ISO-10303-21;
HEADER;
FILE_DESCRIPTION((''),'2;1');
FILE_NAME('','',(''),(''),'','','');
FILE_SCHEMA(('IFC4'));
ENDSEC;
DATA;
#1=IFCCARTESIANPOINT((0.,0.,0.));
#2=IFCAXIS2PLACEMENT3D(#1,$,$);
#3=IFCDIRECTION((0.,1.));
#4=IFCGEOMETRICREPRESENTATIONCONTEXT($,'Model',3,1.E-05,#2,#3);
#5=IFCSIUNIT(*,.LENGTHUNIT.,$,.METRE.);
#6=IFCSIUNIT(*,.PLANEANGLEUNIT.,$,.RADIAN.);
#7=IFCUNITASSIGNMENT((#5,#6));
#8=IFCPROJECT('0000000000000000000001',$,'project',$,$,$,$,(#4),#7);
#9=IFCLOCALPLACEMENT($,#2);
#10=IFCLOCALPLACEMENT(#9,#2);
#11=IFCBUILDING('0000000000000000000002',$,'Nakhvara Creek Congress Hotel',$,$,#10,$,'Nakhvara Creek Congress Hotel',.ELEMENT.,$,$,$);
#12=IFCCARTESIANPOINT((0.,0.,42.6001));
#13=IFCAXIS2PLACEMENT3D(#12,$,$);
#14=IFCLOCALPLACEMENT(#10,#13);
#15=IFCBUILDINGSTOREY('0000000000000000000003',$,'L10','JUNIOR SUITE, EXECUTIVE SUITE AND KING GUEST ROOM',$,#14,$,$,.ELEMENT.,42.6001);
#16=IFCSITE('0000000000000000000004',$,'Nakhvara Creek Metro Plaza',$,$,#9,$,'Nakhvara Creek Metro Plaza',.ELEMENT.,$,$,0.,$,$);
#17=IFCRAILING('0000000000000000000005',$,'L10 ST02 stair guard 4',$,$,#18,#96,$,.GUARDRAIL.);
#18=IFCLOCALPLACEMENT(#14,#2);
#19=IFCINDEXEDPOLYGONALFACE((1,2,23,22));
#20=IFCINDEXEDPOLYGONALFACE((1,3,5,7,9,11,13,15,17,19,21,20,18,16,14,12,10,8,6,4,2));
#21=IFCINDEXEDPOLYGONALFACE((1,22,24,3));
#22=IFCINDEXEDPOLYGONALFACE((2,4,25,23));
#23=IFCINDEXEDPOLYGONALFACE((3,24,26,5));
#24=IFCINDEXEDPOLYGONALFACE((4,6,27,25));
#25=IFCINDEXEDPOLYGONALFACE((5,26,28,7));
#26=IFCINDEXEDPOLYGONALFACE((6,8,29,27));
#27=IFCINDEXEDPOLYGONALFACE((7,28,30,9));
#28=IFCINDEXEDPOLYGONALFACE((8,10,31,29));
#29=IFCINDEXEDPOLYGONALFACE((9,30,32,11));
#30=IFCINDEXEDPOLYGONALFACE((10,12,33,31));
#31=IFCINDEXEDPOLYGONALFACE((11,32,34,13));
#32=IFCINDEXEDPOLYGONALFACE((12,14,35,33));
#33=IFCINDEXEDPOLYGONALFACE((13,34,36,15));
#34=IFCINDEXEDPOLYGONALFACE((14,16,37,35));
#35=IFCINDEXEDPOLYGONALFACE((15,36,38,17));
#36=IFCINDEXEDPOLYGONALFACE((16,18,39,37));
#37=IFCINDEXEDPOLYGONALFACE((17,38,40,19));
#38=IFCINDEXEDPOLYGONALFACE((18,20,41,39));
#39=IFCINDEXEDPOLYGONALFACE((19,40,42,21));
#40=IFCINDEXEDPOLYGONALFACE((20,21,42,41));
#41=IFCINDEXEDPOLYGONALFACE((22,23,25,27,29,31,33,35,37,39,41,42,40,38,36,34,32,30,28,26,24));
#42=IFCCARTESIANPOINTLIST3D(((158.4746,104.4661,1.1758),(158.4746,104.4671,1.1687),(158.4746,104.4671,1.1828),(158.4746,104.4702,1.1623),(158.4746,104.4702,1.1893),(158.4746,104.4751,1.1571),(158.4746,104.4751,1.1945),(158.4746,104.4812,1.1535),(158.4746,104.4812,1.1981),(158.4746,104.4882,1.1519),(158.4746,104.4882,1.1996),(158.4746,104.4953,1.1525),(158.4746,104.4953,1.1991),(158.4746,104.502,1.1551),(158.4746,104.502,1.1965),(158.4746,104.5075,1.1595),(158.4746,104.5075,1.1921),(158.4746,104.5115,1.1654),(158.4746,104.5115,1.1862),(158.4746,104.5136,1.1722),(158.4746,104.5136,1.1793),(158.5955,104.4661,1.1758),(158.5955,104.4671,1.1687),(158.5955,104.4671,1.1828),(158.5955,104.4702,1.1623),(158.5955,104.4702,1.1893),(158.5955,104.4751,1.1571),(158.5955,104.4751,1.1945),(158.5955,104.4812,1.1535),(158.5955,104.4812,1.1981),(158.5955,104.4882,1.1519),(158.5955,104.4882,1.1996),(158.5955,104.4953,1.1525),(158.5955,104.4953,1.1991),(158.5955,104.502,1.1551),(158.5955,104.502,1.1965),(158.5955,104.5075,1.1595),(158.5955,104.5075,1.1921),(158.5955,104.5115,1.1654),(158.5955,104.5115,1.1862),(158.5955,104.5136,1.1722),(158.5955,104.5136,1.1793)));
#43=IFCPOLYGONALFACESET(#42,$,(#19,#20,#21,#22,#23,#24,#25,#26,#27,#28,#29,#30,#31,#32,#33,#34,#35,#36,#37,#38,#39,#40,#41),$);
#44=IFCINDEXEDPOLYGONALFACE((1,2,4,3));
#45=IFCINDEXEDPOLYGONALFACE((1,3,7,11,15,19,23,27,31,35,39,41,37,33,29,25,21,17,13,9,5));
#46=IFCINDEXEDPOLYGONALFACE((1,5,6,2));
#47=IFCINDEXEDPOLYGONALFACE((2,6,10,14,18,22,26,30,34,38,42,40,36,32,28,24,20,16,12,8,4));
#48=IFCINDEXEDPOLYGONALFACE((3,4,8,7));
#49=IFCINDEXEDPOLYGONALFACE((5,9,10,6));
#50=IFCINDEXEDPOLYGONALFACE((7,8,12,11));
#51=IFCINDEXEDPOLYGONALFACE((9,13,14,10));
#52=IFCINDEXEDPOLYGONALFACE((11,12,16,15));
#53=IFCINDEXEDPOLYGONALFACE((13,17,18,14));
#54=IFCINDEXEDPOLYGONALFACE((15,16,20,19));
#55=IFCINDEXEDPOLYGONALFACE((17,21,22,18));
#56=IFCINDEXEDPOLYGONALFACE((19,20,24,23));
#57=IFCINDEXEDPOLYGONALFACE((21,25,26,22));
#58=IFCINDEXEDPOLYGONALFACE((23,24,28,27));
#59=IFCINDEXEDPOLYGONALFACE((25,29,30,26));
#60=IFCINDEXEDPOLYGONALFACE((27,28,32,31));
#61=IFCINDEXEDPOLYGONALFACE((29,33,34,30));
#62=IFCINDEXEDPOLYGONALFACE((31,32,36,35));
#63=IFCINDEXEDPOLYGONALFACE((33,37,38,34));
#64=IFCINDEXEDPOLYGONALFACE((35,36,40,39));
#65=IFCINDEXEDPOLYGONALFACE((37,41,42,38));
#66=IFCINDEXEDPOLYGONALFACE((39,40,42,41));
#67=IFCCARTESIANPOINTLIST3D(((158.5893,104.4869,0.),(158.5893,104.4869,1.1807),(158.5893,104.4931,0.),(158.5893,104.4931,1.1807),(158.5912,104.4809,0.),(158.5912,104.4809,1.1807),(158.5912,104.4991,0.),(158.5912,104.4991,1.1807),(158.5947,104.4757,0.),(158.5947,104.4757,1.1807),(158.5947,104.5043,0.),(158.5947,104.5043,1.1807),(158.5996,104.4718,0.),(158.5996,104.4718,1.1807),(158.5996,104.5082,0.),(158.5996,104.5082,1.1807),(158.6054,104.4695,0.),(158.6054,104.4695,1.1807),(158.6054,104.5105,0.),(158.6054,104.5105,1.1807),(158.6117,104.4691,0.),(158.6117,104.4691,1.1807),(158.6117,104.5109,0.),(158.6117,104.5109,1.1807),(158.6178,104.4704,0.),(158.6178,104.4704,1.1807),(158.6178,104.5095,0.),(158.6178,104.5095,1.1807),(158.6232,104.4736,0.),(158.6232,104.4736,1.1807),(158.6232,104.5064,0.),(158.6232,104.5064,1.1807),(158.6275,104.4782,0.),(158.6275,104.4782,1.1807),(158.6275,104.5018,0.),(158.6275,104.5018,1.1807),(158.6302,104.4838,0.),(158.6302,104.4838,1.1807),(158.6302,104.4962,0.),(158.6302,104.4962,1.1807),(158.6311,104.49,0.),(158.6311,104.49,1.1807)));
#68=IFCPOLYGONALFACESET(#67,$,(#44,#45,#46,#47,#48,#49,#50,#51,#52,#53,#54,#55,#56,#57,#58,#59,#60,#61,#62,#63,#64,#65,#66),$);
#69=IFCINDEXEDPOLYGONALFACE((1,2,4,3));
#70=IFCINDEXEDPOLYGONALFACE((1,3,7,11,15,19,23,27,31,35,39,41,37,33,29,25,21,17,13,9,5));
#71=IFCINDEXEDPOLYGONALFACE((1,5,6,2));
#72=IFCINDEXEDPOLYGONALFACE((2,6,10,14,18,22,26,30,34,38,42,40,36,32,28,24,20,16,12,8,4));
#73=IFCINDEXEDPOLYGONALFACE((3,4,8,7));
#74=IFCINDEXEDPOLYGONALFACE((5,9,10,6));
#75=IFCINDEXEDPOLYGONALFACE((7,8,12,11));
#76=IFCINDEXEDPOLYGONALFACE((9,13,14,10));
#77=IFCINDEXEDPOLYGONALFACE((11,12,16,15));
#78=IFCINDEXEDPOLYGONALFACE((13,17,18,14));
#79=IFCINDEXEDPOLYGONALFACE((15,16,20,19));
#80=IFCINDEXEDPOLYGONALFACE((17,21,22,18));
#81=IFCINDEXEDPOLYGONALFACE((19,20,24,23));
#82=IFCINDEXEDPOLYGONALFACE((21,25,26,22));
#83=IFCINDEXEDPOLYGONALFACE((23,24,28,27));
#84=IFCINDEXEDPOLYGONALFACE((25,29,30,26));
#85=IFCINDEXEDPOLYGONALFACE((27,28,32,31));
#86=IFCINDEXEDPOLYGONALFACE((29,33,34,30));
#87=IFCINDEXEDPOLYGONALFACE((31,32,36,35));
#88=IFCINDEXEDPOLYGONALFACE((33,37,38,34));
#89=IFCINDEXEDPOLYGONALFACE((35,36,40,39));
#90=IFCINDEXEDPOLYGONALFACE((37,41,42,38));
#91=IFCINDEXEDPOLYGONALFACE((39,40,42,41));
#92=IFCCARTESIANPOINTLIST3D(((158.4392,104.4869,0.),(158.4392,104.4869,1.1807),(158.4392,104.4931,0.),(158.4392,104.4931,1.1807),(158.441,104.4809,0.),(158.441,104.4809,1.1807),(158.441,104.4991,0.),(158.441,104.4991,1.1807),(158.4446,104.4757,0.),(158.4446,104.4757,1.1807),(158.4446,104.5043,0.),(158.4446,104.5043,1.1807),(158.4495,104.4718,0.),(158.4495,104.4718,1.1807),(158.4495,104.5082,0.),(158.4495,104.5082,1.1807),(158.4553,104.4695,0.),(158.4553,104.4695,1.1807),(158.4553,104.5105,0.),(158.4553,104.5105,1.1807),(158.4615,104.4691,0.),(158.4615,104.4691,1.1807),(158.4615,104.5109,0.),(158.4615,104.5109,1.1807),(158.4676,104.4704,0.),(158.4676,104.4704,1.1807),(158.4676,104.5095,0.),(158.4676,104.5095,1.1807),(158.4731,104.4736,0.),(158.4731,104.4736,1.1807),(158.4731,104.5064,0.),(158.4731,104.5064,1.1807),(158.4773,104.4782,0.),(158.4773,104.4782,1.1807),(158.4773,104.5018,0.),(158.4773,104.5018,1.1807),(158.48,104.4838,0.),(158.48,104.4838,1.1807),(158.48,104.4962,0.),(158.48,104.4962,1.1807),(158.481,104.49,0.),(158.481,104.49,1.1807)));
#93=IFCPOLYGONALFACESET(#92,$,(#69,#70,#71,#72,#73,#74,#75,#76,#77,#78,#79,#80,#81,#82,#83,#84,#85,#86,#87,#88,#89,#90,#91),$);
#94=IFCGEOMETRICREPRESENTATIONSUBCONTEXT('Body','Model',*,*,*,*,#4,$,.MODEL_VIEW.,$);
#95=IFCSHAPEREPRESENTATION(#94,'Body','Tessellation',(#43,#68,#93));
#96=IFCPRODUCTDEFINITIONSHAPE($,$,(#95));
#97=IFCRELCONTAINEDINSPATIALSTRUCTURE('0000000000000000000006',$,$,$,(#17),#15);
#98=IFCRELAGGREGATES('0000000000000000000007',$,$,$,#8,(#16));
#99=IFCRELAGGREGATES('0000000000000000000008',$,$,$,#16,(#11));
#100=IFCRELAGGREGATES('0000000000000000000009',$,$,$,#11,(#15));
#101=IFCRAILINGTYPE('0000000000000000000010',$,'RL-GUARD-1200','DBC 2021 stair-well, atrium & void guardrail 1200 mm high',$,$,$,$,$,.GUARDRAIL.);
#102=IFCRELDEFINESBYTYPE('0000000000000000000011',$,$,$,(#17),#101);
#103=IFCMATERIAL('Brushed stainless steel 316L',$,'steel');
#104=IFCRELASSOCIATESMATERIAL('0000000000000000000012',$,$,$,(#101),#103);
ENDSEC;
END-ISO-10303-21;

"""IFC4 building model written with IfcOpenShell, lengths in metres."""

from ifc_helpers import new_model, si_unit, direction, frame, origin, origin_2d, place, context, subcontext, project, spatial, circle, extrude, material, type_object, element, save


model = new_model("IFC4")

# Units and contexts
model_context = context("Model", 3, precision=1e-05, world=origin(), true_north=direction((0.0, 1.0)))
body_context = subcontext(model_context, "Body", "Model", "MODEL_VIEW")
ifc_project = project(units=[si_unit("LENGTHUNIT", "METRE"), si_unit("PLANEANGLEUNIT", "RADIAN")], contexts=[model_context])

# Site, building, storey
site_placement = place(None, origin())
site = spatial("IfcSite", under=ifc_project, at=site_placement, Name="Nakhvara Creek Metro Plaza", LongName="Nakhvara Creek Metro Plaza", CompositionType="ELEMENT", RefElevation=0.0)
building_placement = place(site_placement, origin())
building = spatial("IfcBuilding", under=site, at=building_placement, Name="Nakhvara Creek Congress Hotel", LongName="Nakhvara Creek Congress Hotel", CompositionType="ELEMENT")
storey_placement = place(building_placement, frame((0.0, 0.0, 42.6001)))
storey = spatial("IfcBuildingStorey", under=building, at=storey_placement, Name="L10", Description="JUNIOR SUITE, EXECUTIVE SUITE AND KING GUEST ROOM", CompositionType="ELEMENT", Elevation=42.6001)

# Railing
ifc_material_1 = material(Name="Brushed stainless steel 316L", Category="steel")
railing_type = type_object("IfcRailingType", Name="RL-GUARD-1200", Description="DBC 2021 stair-well, atrium & void guardrail 1200 mm high", PredefinedType="GUARDRAIL", material=ifc_material_1)
railing_1_placement = place(storey_placement, frame((158.6101, 104.49, 0.0)))
element("IfcRailing", 1, at=railing_1_placement, inside=storey, type_object=railing_type, Name="L10 ST02 stair guard 4", PredefinedType="GUARDRAIL", context=body_context, shape_type="SweptSolid", body=[
    extrude(circle(Radius=0.0239, at=origin_2d()), frame((-0.0146, 0.0, 1.1758), z_axis=(-1.0, 0.0, 0.0), x_axis=(0.0, -1.0, 0.0)), (0.0, 0.0, 1.0), 0.1208),
    extrude(circle(Radius=0.021, at=origin_2d()), origin(), (0.0, 0.0, 1.0), 1.1807),
    extrude(circle(Radius=0.021, at=origin_2d()), frame((-0.1501, 0.0, 0.0)), (0.0, 0.0, 1.0), 1.1807),
])

save(model, "model.ifc")
